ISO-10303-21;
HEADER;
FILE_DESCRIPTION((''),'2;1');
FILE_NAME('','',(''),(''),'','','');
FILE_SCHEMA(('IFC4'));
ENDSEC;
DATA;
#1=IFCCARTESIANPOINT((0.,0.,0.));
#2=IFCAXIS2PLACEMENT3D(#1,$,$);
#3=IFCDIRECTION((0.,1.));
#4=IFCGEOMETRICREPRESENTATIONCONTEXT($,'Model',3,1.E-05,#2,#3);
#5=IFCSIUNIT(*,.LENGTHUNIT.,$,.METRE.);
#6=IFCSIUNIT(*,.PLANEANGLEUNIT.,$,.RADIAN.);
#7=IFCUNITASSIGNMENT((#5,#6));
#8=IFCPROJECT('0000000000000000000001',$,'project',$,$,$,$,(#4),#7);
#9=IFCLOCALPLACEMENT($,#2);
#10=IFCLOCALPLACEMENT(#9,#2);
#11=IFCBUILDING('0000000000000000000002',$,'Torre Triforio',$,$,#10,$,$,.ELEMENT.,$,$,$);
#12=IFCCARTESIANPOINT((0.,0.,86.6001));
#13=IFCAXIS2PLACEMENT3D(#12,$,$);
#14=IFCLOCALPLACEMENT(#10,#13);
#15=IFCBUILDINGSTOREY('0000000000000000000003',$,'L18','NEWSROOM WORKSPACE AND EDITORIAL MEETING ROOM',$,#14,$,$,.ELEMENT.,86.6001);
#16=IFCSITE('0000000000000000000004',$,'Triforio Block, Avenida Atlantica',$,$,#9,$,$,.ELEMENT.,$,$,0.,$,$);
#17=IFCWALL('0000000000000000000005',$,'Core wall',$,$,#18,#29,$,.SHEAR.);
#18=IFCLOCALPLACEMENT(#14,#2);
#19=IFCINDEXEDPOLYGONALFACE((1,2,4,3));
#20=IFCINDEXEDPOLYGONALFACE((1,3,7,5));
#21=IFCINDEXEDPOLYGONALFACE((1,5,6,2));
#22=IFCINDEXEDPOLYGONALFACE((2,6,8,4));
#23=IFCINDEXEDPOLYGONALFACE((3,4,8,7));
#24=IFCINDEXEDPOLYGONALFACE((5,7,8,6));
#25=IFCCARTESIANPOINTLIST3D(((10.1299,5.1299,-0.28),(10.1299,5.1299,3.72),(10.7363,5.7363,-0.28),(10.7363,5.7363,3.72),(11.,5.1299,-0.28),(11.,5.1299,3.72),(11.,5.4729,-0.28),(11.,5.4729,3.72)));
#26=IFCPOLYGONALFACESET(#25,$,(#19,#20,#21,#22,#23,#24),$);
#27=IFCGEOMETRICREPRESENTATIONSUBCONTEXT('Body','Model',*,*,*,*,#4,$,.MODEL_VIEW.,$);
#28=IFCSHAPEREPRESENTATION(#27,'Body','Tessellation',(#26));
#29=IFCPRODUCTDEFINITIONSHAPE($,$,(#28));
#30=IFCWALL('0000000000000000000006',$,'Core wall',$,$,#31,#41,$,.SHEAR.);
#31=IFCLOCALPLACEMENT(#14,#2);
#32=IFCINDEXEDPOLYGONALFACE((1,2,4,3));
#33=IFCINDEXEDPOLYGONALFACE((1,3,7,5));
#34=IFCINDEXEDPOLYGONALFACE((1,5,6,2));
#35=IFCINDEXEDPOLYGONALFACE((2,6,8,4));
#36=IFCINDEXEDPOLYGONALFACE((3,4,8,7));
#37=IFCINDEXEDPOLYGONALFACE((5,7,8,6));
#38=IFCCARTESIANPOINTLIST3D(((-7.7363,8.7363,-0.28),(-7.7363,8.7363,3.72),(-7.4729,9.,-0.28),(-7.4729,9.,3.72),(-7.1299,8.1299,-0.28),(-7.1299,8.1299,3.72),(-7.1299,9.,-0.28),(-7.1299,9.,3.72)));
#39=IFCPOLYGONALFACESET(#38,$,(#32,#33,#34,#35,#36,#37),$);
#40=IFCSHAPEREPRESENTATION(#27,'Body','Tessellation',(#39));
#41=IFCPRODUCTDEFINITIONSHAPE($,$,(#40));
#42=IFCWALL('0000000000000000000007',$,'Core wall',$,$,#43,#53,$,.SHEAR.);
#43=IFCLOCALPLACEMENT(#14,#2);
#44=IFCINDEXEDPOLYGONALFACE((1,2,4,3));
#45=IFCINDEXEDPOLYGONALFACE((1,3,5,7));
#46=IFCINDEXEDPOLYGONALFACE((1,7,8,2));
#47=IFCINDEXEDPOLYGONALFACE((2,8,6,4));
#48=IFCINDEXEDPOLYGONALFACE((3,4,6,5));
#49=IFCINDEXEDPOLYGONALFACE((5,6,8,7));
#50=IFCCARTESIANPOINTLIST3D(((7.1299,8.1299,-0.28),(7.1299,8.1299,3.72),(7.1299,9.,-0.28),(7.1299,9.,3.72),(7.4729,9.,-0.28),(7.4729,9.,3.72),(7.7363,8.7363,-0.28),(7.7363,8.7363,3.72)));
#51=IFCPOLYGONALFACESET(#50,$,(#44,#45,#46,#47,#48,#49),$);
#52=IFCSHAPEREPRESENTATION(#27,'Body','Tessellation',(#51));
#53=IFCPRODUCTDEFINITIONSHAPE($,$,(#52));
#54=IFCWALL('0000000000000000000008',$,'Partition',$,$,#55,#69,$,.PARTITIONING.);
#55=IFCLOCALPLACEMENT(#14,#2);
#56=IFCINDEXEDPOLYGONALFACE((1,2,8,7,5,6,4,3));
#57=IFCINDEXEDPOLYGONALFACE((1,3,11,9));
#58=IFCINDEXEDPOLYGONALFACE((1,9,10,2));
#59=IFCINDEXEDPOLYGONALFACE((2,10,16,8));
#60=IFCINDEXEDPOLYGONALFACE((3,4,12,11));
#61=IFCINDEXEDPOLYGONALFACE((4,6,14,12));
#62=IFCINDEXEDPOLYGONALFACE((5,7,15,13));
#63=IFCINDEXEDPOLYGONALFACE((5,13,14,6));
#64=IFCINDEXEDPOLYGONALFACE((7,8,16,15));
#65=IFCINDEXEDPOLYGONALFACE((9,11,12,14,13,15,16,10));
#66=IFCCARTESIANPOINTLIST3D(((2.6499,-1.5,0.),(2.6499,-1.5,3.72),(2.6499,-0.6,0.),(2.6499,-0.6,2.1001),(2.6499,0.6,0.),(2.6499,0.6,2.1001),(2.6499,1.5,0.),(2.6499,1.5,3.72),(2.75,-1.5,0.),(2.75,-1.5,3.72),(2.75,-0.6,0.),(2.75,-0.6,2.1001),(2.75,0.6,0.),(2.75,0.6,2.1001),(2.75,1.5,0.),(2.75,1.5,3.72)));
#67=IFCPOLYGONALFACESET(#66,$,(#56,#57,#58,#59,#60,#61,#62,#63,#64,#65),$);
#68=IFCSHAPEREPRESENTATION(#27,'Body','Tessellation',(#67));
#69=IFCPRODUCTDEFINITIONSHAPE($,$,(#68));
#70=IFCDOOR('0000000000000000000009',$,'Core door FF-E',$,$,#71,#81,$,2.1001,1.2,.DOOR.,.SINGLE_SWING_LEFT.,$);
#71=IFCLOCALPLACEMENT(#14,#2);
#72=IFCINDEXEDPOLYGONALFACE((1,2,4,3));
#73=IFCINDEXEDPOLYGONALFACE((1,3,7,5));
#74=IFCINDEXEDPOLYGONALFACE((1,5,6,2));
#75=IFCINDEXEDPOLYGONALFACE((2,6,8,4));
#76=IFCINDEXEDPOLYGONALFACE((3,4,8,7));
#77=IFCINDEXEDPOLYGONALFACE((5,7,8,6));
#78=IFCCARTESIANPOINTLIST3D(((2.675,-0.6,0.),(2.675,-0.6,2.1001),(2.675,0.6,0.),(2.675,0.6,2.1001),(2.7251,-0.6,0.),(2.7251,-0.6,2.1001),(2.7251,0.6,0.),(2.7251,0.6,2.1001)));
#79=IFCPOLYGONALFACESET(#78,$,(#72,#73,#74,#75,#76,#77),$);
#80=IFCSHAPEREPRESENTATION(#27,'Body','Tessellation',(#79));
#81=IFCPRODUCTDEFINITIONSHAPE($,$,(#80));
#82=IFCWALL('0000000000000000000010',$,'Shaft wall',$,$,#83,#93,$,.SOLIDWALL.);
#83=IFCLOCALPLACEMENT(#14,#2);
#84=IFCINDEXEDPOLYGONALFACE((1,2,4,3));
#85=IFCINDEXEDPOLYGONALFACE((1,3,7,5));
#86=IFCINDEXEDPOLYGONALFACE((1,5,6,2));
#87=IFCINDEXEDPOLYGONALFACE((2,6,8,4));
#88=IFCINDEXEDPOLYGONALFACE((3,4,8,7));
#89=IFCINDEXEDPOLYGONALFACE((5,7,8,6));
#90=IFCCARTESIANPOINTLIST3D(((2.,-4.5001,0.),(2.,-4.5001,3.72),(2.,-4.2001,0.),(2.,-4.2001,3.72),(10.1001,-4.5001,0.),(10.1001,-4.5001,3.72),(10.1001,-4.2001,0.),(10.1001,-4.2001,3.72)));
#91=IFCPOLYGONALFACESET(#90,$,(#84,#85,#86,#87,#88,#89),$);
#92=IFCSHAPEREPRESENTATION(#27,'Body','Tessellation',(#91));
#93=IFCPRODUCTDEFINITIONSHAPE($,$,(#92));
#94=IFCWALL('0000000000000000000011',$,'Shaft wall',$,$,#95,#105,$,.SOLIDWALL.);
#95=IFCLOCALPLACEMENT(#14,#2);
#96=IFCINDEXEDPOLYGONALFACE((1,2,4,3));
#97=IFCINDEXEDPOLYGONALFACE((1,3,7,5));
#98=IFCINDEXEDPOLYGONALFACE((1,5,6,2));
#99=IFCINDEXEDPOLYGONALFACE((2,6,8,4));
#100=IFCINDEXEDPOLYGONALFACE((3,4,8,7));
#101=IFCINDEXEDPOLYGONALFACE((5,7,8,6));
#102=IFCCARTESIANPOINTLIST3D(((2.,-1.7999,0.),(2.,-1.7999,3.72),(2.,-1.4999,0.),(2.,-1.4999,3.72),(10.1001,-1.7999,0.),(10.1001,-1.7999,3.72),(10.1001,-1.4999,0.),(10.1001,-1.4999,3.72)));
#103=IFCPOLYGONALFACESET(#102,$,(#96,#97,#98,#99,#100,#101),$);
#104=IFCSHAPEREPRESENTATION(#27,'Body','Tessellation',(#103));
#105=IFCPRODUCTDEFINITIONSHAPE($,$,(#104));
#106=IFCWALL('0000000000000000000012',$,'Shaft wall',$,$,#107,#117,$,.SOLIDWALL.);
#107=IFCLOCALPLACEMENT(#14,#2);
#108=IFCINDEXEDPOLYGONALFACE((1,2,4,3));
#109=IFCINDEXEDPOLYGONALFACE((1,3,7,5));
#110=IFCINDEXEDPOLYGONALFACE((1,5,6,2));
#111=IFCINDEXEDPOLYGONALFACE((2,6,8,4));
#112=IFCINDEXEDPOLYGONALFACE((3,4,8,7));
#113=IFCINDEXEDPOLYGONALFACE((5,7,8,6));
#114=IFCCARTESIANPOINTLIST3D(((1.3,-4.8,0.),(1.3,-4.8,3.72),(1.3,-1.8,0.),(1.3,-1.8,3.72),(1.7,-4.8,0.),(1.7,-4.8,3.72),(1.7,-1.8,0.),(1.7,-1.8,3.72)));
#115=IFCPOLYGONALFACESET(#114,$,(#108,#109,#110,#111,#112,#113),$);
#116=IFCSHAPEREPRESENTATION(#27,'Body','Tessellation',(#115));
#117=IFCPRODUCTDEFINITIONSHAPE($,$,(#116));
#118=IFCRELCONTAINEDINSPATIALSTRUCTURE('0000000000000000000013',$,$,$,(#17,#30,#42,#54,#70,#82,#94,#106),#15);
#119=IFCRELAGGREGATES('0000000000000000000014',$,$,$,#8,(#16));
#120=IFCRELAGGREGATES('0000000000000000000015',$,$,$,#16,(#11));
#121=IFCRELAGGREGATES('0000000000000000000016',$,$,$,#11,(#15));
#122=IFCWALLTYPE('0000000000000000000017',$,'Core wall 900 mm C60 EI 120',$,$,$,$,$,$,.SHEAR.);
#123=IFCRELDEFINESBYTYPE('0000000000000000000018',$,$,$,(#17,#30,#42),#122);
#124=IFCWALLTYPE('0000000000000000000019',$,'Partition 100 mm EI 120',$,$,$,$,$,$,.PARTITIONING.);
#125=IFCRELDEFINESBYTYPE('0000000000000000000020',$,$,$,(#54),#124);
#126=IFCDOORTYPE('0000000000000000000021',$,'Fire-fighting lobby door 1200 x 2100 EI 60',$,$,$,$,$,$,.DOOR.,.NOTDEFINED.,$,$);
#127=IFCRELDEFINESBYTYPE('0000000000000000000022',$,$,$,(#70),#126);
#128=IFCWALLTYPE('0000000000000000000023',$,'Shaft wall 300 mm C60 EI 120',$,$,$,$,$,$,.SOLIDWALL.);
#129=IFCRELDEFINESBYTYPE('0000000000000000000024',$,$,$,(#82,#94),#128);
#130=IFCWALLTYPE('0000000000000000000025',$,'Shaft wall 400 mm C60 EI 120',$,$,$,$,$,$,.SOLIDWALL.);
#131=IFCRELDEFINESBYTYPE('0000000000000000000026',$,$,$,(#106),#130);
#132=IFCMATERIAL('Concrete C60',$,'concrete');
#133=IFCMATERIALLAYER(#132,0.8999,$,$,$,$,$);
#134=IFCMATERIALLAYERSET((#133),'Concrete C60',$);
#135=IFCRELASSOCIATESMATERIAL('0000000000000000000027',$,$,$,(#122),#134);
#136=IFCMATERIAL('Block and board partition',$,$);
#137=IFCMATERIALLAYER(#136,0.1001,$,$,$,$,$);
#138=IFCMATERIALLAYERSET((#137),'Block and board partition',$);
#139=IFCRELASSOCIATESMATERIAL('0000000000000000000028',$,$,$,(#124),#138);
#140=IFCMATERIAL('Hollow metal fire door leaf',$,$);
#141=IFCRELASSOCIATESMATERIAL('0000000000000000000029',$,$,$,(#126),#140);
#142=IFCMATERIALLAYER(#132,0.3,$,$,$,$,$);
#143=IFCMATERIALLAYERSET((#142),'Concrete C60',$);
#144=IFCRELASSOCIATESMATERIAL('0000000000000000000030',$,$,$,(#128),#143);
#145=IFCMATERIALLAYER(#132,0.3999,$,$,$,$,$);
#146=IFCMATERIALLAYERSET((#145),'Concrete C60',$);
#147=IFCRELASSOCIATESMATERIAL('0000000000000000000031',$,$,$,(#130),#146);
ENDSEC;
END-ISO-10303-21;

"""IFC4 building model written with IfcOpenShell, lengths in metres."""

from ifc_helpers import new_model, si_unit, direction, frame, frame_2d, origin, place, context, subcontext, project, spatial, polyline, rectangle, outline, extrude, material, layer, layer_set, type_object, element, fill, save


model = new_model("IFC4")

# Units and contexts
model_context = context("Model", 3, precision=1e-05, world=origin(), true_north=direction((0.0, 1.0)))
body_context = subcontext(model_context, "Body", "Model", "MODEL_VIEW")
ifc_project = project(units=[si_unit("LENGTHUNIT", "METRE"), si_unit("PLANEANGLEUNIT", "RADIAN")], contexts=[model_context])

# Site, building, storey
site_placement = place(None, origin())
site = spatial("IfcSite", under=ifc_project, at=site_placement, Name="Triforio Block, Avenida Atlantica", CompositionType="ELEMENT", RefElevation=0.0)
building_placement = place(site_placement, origin())
building = spatial("IfcBuilding", under=site, at=building_placement, Name="Torre Triforio", CompositionType="ELEMENT")
storey_placement = place(building_placement, frame((0.0, 0.0, 86.6001)))
storey = spatial("IfcBuildingStorey", under=building, at=storey_placement, Name="L18", Description="NEWSROOM WORKSPACE AND EDITORIAL MEETING ROOM", CompositionType="ELEMENT", Elevation=86.6001)

# Shared definitions
ifc_material_1 = material(Name="Concrete C60", Category="concrete")

# Walls
ifc_layer_1 = layer(ifc_material_1, 0.8999)
ifc_layer_set_1 = layer_set([ifc_layer_1], Name="Concrete C60")
wall_type_1 = type_object("IfcWallType", Name="Core wall 900 mm C60 EI 120", PredefinedType="SHEAR", material=ifc_layer_set_1)
wall_1_placement = place(storey_placement, frame((0.0, 0.0, -0.28)))
element("IfcWall", 1, at=wall_1_placement, inside=storey, type_object=wall_type_1, Name="Core wall", PredefinedType="SHEAR", context=body_context, shape_type="SweptSolid", body=[
    extrude(outline(polyline([(11.0, 5.4729), (11.0, 5.1299), (10.1299, 5.1299), (10.7363, 5.7363), (11.0, 5.4729)])), origin(), (0.0, 0.0, 1.0), 4.0),
])
wall_2_placement = place(storey_placement, frame((0.0, 0.0, -0.28)))
element("IfcWall", 2, at=wall_2_placement, inside=storey, type_object=wall_type_1, Name="Core wall", PredefinedType="SHEAR", context=body_context, shape_type="SweptSolid", body=[
    extrude(outline(polyline([(-7.4729, 9.0), (-7.1299, 9.0), (-7.1299, 8.1299), (-7.7363, 8.7363), (-7.4729, 9.0)])), origin(), (0.0, 0.0, 1.0), 4.0),
])
wall_3_placement = place(storey_placement, frame((0.0, 0.0, -0.28)))
element("IfcWall", 3, at=wall_3_placement, inside=storey, type_object=wall_type_1, Name="Core wall", PredefinedType="SHEAR", context=body_context, shape_type="SweptSolid", body=[
    extrude(outline(polyline([(7.4729, 9.0), (7.7363, 8.7363), (7.1299, 8.1299), (7.1299, 9.0), (7.4729, 9.0)])), origin(), (0.0, 0.0, 1.0), 4.0),
])

# Wall, opening, door
ifc_material_2 = material(Name="Block and board partition")
ifc_layer_2 = layer(ifc_material_2, 0.1001)
ifc_layer_set_2 = layer_set([ifc_layer_2], Name="Block and board partition")
wall_type_2 = type_object("IfcWallType", Name="Partition 100 mm EI 120", PredefinedType="PARTITIONING", material=ifc_layer_set_2)
wall_4_placement = place(storey_placement, frame((2.7, -1.5, 0.0), z_axis=(0.0, 0.0, 1.0), x_axis=(0.0, 1.0, 0.0)))
wall_4 = element("IfcWall", 4, at=wall_4_placement, inside=storey, type_object=wall_type_2, Name="Partition", PredefinedType="PARTITIONING", context=body_context, shape_type="SweptSolid", body=[
    extrude(rectangle(XDim=3.0, YDim=0.1001, at=frame_2d((1.5, 0.0))), origin(), (0.0, 0.0, 1.0), 3.72),
])
opening_placement = place(wall_4_placement, frame((0.8999, 0.0, 0.0)))
opening = element("IfcOpeningElement", 5, at=opening_placement, cuts=wall_4, PredefinedType="OPENING", context=body_context, shape_type="SweptSolid", body=[
    extrude(rectangle(XDim=1.2, YDim=2.1001, at=frame_2d((0.6001, 1.05))), frame((0.0, 0.0601, 0.0), z_axis=(0.0, -1.0, 0.0), x_axis=(1.0, 0.0, 0.0)), (0.0, 0.0, 1.0), 0.1201),
])
ifc_material_3 = material(Name="Hollow metal fire door leaf")
door_type = type_object("IfcDoorType", Name="Fire-fighting lobby door 1200 x 2100 EI 60", OperationType="NOTDEFINED", PredefinedType="DOOR", material=ifc_material_3)
door_placement = place(opening_placement, origin())
door = element("IfcDoor", 6, at=door_placement, inside=storey, type_object=door_type, Name="Core door FF-E", OperationType="SINGLE_SWING_LEFT", OverallHeight=2.1001, OverallWidth=1.2, PredefinedType="DOOR", context=body_context, shape_type="SweptSolid", body=[
    extrude(rectangle(XDim=1.2, YDim=2.1001, at=frame_2d((0.6001, 1.05))), frame((0.0, 0.0249, 0.0), z_axis=(0.0, -1.0, 0.0), x_axis=(1.0, 0.0, 0.0)), (0.0, 0.0, 1.0), 0.05),
])
fill(opening, door)

# Walls
ifc_layer_3 = layer(ifc_material_1, 0.3)
ifc_layer_set_3 = layer_set([ifc_layer_3], Name="Concrete C60")
wall_type_3 = type_object("IfcWallType", Name="Shaft wall 300 mm C60 EI 120", PredefinedType="SOLIDWALL", material=ifc_layer_set_3)
for number, where, z_axis, x_axis, name in (
    (7, (2.0, -4.3501, 0.0), (0.0, 0.0, 1.0), (1.0, 0.0, 0.0), "Shaft wall"),
    (8, (2.0, -1.6499, 0.0), (0.0, 0.0, 1.0), (1.0, 0.0, 0.0), "Shaft wall"),
):
    element("IfcWall", number, at=place(storey_placement, frame(where, z_axis=z_axis, x_axis=x_axis)), inside=storey, type_object=wall_type_3, Name=name, PredefinedType="SOLIDWALL", context=body_context, shape_type="SweptSolid", body=[
        extrude(rectangle(XDim=8.1001, YDim=0.3, at=frame_2d((4.05, 0.0))), origin(), (0.0, 0.0, 1.0), 3.72),
    ])
ifc_layer_4 = layer(ifc_material_1, 0.3999)
ifc_layer_set_4 = layer_set([ifc_layer_4], Name="Concrete C60")
wall_type_4 = type_object("IfcWallType", Name="Shaft wall 400 mm C60 EI 120", PredefinedType="SOLIDWALL", material=ifc_layer_set_4)
wall_5_placement = place(storey_placement, frame((1.5, -4.8, 0.0), z_axis=(0.0, 0.0, 1.0), x_axis=(0.0, 1.0, 0.0)))
element("IfcWall", 9, at=wall_5_placement, inside=storey, type_object=wall_type_4, Name="Shaft wall", PredefinedType="SOLIDWALL", context=body_context, shape_type="SweptSolid", body=[
    extrude(rectangle(XDim=3.0, YDim=0.3999, at=frame_2d((1.5, 0.0))), origin(), (0.0, 0.0, 1.0), 3.72),
])

save(model, "model.ifc")
